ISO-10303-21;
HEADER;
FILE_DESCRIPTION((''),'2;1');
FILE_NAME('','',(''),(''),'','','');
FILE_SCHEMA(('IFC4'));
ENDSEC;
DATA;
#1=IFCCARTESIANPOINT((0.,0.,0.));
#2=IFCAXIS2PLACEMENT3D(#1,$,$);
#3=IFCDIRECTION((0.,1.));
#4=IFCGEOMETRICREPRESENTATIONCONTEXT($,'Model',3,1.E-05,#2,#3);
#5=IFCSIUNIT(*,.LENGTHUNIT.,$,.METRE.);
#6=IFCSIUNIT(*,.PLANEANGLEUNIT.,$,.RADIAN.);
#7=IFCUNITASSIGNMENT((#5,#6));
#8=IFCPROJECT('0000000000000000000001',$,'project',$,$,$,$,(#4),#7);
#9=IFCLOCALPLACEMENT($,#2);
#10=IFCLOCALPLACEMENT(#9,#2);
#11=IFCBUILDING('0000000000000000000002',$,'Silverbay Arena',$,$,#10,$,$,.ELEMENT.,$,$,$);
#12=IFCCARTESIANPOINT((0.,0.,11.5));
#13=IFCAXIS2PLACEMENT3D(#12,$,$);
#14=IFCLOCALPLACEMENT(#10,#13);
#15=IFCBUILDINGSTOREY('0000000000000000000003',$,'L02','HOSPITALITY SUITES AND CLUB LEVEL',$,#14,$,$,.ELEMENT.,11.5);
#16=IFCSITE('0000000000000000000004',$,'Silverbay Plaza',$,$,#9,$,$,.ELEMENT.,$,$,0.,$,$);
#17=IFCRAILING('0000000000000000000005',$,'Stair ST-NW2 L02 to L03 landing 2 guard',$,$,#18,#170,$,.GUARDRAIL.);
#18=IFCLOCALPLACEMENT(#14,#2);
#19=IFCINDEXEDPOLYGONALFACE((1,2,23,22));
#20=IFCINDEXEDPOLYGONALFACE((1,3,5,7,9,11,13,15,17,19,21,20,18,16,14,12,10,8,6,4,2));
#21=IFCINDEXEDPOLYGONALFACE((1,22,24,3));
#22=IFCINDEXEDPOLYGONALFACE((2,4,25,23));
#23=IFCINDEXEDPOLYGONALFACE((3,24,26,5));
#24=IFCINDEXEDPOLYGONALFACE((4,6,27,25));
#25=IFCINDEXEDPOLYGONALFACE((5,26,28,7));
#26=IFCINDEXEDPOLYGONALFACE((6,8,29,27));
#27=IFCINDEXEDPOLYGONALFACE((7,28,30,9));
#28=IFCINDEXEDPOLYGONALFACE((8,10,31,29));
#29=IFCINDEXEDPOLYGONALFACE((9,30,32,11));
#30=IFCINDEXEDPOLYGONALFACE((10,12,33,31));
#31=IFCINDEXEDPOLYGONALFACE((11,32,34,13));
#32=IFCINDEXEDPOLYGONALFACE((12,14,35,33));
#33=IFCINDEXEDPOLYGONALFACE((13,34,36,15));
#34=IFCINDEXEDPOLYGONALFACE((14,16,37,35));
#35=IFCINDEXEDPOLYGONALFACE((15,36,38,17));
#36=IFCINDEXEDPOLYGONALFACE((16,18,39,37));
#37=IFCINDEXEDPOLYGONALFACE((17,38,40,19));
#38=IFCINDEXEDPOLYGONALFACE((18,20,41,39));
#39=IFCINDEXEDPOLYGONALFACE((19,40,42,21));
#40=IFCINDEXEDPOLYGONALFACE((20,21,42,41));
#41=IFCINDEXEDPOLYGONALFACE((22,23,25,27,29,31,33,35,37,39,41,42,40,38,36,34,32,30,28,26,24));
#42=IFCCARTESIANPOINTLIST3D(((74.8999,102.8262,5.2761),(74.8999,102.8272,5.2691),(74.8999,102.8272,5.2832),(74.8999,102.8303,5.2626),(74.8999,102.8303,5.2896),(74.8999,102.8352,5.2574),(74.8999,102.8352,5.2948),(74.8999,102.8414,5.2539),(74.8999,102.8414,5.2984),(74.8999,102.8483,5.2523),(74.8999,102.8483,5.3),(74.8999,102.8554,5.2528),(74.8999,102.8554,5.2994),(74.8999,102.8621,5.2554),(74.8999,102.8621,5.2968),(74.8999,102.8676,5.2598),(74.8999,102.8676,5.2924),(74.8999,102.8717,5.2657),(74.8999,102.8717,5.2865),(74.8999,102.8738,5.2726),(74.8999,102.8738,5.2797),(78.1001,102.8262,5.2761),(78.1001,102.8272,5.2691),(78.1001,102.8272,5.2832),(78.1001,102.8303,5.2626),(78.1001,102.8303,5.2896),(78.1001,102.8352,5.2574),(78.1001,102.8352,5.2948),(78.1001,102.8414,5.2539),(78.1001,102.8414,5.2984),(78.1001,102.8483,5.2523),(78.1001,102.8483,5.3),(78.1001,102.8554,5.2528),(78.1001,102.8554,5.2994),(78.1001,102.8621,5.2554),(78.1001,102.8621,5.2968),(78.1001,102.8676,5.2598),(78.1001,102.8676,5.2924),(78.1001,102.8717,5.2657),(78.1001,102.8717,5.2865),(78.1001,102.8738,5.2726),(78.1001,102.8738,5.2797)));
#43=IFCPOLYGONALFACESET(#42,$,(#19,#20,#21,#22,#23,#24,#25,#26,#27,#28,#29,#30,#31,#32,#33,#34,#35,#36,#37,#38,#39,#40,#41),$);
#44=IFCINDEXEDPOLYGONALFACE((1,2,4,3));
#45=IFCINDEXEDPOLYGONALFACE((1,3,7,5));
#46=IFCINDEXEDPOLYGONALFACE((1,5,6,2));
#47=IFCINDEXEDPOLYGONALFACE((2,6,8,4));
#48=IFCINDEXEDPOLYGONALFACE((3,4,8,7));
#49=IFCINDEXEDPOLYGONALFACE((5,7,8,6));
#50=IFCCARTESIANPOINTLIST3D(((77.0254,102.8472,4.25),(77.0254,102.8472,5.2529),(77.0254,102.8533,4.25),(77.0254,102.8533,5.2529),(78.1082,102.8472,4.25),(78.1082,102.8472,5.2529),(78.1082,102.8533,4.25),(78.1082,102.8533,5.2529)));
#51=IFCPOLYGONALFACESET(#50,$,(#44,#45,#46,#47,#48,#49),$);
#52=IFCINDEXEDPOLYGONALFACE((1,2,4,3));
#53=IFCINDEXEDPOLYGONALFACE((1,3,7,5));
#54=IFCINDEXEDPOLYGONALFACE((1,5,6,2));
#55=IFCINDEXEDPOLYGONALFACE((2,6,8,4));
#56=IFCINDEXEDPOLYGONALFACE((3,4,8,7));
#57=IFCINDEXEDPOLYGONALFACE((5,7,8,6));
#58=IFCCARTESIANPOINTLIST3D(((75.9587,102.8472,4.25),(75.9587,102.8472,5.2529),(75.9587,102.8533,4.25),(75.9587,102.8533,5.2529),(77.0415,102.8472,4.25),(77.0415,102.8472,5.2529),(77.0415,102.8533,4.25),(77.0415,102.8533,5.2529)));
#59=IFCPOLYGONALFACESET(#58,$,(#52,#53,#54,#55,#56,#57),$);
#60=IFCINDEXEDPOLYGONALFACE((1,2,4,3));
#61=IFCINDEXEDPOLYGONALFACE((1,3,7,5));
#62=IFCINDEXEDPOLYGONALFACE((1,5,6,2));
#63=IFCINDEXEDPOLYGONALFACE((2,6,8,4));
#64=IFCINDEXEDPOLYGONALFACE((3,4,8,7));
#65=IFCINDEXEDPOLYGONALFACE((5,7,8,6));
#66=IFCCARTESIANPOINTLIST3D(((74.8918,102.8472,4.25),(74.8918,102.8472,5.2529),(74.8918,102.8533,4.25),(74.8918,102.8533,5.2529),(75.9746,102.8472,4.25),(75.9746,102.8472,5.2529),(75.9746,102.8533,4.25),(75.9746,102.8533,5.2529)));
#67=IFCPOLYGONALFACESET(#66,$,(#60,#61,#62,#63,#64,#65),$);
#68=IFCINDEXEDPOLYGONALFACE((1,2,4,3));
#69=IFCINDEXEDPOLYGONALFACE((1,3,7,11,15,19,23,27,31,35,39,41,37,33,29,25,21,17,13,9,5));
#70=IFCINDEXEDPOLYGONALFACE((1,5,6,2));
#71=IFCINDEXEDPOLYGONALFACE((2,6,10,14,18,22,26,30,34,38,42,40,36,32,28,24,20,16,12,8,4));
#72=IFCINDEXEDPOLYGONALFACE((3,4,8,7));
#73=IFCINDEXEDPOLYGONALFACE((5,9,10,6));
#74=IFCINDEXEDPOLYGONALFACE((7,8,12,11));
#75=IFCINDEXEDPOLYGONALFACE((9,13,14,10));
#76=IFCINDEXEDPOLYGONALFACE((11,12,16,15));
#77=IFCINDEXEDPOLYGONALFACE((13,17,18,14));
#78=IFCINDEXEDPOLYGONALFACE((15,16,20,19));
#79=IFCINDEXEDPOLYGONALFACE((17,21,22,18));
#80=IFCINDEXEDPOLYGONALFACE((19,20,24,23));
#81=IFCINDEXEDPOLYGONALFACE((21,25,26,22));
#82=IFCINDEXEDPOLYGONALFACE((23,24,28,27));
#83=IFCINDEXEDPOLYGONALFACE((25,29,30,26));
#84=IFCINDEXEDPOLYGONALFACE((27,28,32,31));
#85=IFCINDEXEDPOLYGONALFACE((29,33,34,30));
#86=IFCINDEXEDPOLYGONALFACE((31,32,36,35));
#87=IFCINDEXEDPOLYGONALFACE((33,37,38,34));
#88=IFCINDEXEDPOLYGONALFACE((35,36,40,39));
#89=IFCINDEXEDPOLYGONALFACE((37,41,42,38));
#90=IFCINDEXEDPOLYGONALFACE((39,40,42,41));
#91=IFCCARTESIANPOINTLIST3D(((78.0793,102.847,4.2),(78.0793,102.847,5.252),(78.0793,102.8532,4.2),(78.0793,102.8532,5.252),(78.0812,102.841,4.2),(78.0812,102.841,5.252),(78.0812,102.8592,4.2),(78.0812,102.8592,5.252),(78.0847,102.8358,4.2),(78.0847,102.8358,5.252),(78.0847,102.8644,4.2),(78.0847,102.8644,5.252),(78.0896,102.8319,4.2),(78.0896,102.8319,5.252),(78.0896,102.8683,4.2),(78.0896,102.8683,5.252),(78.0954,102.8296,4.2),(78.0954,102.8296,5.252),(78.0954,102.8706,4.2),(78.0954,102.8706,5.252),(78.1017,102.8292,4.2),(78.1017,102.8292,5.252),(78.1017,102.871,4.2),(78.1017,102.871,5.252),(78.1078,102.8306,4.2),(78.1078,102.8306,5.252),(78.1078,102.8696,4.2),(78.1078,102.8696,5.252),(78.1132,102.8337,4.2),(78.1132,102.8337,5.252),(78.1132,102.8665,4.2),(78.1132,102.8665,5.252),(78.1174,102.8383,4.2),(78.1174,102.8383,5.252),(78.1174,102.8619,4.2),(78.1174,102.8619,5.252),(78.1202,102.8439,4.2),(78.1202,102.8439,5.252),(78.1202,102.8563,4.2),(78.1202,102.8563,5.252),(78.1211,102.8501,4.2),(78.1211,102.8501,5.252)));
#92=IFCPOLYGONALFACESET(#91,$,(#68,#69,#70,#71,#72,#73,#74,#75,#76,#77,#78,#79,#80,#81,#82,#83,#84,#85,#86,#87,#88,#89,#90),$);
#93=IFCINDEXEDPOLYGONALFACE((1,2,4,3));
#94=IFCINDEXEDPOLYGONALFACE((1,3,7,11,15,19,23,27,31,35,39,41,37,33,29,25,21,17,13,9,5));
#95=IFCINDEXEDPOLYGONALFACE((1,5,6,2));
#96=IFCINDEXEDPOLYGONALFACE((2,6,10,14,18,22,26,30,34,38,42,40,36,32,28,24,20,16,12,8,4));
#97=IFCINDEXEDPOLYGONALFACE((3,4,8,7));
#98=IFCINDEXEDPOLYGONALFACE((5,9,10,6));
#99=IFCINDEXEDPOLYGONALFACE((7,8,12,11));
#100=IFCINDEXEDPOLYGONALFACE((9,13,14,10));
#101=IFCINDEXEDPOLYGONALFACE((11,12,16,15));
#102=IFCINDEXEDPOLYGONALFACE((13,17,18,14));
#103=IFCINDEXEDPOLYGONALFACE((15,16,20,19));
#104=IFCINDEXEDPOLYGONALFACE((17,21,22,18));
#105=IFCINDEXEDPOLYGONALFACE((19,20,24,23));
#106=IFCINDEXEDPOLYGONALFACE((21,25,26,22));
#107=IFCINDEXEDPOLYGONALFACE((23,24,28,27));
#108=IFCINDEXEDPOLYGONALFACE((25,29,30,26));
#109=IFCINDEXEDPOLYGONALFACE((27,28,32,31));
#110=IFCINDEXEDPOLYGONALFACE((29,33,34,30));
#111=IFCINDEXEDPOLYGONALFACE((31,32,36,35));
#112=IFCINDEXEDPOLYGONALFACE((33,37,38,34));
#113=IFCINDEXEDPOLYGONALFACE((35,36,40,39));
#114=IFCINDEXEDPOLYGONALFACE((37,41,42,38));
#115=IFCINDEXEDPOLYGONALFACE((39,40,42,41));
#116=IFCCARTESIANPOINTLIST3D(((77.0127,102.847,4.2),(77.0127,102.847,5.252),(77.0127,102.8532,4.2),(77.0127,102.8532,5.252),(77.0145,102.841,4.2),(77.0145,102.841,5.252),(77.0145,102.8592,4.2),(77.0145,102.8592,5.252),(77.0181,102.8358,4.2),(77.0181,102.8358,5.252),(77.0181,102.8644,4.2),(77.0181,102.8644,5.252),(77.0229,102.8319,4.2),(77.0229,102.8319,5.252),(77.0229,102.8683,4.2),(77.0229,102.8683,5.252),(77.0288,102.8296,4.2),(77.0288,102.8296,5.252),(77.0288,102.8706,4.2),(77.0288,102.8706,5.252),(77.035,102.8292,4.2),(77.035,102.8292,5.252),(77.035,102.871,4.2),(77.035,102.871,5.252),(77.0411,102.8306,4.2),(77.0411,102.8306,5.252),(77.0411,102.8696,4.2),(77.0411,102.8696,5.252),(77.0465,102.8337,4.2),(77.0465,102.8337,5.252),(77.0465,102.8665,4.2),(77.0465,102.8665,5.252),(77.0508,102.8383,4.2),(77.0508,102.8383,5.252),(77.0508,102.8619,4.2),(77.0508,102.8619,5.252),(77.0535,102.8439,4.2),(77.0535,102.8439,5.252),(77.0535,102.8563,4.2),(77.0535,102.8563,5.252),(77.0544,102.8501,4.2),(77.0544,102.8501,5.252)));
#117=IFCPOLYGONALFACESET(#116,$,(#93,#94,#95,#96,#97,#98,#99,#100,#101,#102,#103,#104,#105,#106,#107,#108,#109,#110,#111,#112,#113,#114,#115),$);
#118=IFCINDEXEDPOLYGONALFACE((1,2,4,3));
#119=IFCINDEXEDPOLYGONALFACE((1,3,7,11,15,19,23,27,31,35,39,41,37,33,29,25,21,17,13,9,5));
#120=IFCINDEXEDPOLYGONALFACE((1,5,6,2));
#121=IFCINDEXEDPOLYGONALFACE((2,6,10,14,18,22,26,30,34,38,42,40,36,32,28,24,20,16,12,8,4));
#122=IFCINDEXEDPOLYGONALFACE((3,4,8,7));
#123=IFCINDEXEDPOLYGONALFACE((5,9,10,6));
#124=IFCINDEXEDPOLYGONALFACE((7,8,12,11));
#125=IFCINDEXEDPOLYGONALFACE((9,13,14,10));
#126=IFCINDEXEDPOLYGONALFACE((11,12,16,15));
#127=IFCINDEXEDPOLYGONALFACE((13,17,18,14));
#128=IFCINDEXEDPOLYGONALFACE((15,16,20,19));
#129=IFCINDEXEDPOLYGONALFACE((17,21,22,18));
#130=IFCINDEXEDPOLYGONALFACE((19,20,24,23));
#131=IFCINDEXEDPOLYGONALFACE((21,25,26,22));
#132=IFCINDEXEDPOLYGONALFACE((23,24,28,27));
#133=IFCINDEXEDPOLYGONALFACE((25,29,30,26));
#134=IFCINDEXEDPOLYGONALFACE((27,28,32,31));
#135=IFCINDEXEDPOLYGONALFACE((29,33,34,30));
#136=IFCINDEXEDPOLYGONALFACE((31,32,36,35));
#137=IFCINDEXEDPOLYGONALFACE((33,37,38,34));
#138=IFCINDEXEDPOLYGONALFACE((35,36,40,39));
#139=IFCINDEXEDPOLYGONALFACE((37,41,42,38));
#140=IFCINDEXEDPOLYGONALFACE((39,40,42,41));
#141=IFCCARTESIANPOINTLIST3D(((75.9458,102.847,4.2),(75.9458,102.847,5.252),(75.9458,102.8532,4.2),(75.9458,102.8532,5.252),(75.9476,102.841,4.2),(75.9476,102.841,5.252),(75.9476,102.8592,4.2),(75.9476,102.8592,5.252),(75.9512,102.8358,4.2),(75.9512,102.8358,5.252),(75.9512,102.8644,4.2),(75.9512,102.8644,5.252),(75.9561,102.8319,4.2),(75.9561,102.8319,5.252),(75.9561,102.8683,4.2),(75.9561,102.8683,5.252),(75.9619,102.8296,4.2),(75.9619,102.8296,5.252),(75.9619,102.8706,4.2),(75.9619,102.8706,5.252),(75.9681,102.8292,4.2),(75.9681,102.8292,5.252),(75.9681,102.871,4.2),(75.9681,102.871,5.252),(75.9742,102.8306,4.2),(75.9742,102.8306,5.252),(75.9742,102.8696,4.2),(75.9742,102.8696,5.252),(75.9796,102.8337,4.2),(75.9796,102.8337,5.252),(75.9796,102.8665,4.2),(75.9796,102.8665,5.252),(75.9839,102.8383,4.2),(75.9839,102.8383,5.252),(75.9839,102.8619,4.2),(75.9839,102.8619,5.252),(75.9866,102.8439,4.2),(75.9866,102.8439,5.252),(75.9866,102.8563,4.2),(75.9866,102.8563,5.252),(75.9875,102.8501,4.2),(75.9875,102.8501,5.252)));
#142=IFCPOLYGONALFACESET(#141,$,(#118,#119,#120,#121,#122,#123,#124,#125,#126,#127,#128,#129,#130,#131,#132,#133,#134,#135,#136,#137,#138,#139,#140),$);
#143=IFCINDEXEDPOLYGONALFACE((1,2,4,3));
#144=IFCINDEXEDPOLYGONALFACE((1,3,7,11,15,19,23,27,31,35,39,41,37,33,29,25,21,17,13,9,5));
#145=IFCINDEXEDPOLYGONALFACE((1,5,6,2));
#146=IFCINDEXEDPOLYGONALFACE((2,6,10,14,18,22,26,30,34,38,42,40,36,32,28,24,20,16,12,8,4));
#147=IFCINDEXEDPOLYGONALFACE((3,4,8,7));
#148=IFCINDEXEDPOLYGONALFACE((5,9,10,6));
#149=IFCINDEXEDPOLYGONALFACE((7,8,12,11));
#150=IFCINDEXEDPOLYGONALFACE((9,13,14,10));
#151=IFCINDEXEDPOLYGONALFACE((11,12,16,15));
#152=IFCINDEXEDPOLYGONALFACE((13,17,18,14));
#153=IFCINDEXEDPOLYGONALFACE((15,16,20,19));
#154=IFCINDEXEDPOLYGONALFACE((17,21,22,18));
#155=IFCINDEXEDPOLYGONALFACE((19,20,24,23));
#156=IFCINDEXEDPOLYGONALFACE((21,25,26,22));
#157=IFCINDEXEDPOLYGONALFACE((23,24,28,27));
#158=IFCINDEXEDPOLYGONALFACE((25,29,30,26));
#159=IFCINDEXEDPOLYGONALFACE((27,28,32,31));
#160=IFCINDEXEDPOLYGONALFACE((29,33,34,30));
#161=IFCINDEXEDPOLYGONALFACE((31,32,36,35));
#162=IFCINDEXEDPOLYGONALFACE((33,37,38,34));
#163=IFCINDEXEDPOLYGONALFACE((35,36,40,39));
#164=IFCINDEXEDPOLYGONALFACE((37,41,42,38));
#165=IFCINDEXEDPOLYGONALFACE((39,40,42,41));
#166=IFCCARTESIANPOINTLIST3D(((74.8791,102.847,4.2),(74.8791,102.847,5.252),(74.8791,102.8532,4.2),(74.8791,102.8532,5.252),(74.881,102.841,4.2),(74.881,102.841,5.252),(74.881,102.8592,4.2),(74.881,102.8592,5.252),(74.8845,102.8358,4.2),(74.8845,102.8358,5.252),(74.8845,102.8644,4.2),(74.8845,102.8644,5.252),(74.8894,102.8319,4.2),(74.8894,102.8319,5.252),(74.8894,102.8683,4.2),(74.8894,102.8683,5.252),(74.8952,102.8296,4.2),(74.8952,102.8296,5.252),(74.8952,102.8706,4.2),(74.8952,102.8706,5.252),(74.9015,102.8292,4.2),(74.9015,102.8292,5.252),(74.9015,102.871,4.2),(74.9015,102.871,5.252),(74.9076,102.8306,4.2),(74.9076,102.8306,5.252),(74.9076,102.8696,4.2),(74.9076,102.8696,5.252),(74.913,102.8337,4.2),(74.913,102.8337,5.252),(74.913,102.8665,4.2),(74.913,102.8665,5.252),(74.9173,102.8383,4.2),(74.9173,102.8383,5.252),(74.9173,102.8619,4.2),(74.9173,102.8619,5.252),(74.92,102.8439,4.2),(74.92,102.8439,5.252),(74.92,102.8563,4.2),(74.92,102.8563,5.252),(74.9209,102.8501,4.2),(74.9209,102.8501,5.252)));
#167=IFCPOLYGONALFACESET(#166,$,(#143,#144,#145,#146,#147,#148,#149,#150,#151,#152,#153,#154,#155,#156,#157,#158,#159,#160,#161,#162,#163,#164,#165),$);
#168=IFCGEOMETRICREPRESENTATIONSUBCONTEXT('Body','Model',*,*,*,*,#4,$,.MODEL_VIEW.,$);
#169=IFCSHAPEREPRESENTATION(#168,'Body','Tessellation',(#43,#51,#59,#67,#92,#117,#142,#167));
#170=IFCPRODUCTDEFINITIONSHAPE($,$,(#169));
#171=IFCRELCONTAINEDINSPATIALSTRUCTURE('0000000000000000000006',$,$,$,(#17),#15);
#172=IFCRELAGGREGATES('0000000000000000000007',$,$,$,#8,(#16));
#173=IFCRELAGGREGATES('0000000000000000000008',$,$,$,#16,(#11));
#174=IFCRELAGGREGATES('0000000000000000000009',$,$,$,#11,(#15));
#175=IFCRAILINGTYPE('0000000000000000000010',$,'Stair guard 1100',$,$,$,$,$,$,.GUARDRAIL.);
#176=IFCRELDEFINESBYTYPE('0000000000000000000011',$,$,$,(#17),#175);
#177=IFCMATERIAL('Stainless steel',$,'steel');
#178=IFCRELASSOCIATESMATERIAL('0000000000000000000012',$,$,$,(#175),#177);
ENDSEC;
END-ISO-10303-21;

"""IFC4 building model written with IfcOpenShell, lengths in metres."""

from ifc_helpers import new_model, si_unit, direction, frame, origin, origin_2d, place, context, subcontext, project, spatial, polyline, circle, outline, extrude, material, type_object, element, save


model = new_model("IFC4")

# Units and contexts
model_context = context("Model", 3, precision=1e-05, world=origin(), true_north=direction((0.0, 1.0)))
body_context = subcontext(model_context, "Body", "Model", "MODEL_VIEW")
ifc_project = project(units=[si_unit("LENGTHUNIT", "METRE"), si_unit("PLANEANGLEUNIT", "RADIAN")], contexts=[model_context])

# Site, building, storey
site_placement = place(None, origin())
site = spatial("IfcSite", under=ifc_project, at=site_placement, Name="Silverbay Plaza", CompositionType="ELEMENT", RefElevation=0.0)
building_placement = place(site_placement, origin())
building = spatial("IfcBuilding", under=site, at=building_placement, Name="Silverbay Arena", CompositionType="ELEMENT")
storey_placement = place(building_placement, frame((0.0, 0.0, 11.5)))
storey = spatial("IfcBuildingStorey", under=building, at=storey_placement, Name="L02", Description="HOSPITALITY SUITES AND CLUB LEVEL", CompositionType="ELEMENT", Elevation=11.5)

# Railing
ifc_material_1 = material(Name="Stainless steel", Category="steel")
railing_type_1 = type_object("IfcRailingType", Name="Stair guard 1100", PredefinedType="GUARDRAIL", material=ifc_material_1)
for number, where, name in (
    (1, (78.1001, 102.8501, 4.2), "Stair ST-NW2 L02 to L03 landing 2 guard"),
):
    element("IfcRailing", number, at=place(storey_placement, frame(where)), inside=storey, type_object=railing_type_1, Name=name, PredefinedType="GUARDRAIL", context=body_context, shape_type="SweptSolid", body=[
        extrude(circle(Radius=0.0239, at=origin_2d()), frame((0.0, 0.0, 1.0762), z_axis=(-1.0, 0.0, 0.0), x_axis=(0.0, -1.0, 0.0)), (0.0, 0.0, 1.0), 3.2002),
        extrude(outline(polyline([(-0.0081, 0.05), (1.0747, 0.05), (1.0747, 1.053), (-0.0081, 1.053), (-0.0081, 0.05)])), frame((0.0, -0.0029, 0.0), z_axis=(0.0, 1.0, 0.0), x_axis=(-1.0, 0.0, 0.0)), (0.0, 0.0, 1.0), 0.0061),
        extrude(outline(polyline([(-0.0081, 0.05), (1.0747, 0.05), (1.0747, 1.053), (-0.0081, 1.053), (-0.0081, 0.05)])), frame((-1.0667, -0.0029, 0.0), z_axis=(0.0, 1.0, 0.0), x_axis=(-1.0, 0.0, 0.0)), (0.0, 0.0, 1.0), 0.0061),
        extrude(outline(polyline([(-0.0081, 0.05), (1.0747, 0.05), (1.0747, 1.053), (-0.0081, 1.053), (-0.0081, 0.05)])), frame((-2.1335, -0.0029, 0.0), z_axis=(0.0, 1.0, 0.0), x_axis=(-1.0, 0.0, 0.0)), (0.0, 0.0, 1.0), 0.0061),
        extrude(circle(Radius=0.021, at=origin_2d()), origin(), (0.0, 0.0, 1.0), 1.052),
        extrude(circle(Radius=0.021, at=origin_2d()), frame((-1.0667, 0.0, 0.0)), (0.0, 0.0, 1.0), 1.052),
        extrude(circle(Radius=0.021, at=origin_2d()), frame((-2.1335, 0.0, 0.0)), (0.0, 0.0, 1.0), 1.052),
        extrude(circle(Radius=0.021, at=origin_2d()), frame((-3.2002, 0.0, 0.0)), (0.0, 0.0, 1.0), 1.052),
    ])

save(model, "model.ifc")
